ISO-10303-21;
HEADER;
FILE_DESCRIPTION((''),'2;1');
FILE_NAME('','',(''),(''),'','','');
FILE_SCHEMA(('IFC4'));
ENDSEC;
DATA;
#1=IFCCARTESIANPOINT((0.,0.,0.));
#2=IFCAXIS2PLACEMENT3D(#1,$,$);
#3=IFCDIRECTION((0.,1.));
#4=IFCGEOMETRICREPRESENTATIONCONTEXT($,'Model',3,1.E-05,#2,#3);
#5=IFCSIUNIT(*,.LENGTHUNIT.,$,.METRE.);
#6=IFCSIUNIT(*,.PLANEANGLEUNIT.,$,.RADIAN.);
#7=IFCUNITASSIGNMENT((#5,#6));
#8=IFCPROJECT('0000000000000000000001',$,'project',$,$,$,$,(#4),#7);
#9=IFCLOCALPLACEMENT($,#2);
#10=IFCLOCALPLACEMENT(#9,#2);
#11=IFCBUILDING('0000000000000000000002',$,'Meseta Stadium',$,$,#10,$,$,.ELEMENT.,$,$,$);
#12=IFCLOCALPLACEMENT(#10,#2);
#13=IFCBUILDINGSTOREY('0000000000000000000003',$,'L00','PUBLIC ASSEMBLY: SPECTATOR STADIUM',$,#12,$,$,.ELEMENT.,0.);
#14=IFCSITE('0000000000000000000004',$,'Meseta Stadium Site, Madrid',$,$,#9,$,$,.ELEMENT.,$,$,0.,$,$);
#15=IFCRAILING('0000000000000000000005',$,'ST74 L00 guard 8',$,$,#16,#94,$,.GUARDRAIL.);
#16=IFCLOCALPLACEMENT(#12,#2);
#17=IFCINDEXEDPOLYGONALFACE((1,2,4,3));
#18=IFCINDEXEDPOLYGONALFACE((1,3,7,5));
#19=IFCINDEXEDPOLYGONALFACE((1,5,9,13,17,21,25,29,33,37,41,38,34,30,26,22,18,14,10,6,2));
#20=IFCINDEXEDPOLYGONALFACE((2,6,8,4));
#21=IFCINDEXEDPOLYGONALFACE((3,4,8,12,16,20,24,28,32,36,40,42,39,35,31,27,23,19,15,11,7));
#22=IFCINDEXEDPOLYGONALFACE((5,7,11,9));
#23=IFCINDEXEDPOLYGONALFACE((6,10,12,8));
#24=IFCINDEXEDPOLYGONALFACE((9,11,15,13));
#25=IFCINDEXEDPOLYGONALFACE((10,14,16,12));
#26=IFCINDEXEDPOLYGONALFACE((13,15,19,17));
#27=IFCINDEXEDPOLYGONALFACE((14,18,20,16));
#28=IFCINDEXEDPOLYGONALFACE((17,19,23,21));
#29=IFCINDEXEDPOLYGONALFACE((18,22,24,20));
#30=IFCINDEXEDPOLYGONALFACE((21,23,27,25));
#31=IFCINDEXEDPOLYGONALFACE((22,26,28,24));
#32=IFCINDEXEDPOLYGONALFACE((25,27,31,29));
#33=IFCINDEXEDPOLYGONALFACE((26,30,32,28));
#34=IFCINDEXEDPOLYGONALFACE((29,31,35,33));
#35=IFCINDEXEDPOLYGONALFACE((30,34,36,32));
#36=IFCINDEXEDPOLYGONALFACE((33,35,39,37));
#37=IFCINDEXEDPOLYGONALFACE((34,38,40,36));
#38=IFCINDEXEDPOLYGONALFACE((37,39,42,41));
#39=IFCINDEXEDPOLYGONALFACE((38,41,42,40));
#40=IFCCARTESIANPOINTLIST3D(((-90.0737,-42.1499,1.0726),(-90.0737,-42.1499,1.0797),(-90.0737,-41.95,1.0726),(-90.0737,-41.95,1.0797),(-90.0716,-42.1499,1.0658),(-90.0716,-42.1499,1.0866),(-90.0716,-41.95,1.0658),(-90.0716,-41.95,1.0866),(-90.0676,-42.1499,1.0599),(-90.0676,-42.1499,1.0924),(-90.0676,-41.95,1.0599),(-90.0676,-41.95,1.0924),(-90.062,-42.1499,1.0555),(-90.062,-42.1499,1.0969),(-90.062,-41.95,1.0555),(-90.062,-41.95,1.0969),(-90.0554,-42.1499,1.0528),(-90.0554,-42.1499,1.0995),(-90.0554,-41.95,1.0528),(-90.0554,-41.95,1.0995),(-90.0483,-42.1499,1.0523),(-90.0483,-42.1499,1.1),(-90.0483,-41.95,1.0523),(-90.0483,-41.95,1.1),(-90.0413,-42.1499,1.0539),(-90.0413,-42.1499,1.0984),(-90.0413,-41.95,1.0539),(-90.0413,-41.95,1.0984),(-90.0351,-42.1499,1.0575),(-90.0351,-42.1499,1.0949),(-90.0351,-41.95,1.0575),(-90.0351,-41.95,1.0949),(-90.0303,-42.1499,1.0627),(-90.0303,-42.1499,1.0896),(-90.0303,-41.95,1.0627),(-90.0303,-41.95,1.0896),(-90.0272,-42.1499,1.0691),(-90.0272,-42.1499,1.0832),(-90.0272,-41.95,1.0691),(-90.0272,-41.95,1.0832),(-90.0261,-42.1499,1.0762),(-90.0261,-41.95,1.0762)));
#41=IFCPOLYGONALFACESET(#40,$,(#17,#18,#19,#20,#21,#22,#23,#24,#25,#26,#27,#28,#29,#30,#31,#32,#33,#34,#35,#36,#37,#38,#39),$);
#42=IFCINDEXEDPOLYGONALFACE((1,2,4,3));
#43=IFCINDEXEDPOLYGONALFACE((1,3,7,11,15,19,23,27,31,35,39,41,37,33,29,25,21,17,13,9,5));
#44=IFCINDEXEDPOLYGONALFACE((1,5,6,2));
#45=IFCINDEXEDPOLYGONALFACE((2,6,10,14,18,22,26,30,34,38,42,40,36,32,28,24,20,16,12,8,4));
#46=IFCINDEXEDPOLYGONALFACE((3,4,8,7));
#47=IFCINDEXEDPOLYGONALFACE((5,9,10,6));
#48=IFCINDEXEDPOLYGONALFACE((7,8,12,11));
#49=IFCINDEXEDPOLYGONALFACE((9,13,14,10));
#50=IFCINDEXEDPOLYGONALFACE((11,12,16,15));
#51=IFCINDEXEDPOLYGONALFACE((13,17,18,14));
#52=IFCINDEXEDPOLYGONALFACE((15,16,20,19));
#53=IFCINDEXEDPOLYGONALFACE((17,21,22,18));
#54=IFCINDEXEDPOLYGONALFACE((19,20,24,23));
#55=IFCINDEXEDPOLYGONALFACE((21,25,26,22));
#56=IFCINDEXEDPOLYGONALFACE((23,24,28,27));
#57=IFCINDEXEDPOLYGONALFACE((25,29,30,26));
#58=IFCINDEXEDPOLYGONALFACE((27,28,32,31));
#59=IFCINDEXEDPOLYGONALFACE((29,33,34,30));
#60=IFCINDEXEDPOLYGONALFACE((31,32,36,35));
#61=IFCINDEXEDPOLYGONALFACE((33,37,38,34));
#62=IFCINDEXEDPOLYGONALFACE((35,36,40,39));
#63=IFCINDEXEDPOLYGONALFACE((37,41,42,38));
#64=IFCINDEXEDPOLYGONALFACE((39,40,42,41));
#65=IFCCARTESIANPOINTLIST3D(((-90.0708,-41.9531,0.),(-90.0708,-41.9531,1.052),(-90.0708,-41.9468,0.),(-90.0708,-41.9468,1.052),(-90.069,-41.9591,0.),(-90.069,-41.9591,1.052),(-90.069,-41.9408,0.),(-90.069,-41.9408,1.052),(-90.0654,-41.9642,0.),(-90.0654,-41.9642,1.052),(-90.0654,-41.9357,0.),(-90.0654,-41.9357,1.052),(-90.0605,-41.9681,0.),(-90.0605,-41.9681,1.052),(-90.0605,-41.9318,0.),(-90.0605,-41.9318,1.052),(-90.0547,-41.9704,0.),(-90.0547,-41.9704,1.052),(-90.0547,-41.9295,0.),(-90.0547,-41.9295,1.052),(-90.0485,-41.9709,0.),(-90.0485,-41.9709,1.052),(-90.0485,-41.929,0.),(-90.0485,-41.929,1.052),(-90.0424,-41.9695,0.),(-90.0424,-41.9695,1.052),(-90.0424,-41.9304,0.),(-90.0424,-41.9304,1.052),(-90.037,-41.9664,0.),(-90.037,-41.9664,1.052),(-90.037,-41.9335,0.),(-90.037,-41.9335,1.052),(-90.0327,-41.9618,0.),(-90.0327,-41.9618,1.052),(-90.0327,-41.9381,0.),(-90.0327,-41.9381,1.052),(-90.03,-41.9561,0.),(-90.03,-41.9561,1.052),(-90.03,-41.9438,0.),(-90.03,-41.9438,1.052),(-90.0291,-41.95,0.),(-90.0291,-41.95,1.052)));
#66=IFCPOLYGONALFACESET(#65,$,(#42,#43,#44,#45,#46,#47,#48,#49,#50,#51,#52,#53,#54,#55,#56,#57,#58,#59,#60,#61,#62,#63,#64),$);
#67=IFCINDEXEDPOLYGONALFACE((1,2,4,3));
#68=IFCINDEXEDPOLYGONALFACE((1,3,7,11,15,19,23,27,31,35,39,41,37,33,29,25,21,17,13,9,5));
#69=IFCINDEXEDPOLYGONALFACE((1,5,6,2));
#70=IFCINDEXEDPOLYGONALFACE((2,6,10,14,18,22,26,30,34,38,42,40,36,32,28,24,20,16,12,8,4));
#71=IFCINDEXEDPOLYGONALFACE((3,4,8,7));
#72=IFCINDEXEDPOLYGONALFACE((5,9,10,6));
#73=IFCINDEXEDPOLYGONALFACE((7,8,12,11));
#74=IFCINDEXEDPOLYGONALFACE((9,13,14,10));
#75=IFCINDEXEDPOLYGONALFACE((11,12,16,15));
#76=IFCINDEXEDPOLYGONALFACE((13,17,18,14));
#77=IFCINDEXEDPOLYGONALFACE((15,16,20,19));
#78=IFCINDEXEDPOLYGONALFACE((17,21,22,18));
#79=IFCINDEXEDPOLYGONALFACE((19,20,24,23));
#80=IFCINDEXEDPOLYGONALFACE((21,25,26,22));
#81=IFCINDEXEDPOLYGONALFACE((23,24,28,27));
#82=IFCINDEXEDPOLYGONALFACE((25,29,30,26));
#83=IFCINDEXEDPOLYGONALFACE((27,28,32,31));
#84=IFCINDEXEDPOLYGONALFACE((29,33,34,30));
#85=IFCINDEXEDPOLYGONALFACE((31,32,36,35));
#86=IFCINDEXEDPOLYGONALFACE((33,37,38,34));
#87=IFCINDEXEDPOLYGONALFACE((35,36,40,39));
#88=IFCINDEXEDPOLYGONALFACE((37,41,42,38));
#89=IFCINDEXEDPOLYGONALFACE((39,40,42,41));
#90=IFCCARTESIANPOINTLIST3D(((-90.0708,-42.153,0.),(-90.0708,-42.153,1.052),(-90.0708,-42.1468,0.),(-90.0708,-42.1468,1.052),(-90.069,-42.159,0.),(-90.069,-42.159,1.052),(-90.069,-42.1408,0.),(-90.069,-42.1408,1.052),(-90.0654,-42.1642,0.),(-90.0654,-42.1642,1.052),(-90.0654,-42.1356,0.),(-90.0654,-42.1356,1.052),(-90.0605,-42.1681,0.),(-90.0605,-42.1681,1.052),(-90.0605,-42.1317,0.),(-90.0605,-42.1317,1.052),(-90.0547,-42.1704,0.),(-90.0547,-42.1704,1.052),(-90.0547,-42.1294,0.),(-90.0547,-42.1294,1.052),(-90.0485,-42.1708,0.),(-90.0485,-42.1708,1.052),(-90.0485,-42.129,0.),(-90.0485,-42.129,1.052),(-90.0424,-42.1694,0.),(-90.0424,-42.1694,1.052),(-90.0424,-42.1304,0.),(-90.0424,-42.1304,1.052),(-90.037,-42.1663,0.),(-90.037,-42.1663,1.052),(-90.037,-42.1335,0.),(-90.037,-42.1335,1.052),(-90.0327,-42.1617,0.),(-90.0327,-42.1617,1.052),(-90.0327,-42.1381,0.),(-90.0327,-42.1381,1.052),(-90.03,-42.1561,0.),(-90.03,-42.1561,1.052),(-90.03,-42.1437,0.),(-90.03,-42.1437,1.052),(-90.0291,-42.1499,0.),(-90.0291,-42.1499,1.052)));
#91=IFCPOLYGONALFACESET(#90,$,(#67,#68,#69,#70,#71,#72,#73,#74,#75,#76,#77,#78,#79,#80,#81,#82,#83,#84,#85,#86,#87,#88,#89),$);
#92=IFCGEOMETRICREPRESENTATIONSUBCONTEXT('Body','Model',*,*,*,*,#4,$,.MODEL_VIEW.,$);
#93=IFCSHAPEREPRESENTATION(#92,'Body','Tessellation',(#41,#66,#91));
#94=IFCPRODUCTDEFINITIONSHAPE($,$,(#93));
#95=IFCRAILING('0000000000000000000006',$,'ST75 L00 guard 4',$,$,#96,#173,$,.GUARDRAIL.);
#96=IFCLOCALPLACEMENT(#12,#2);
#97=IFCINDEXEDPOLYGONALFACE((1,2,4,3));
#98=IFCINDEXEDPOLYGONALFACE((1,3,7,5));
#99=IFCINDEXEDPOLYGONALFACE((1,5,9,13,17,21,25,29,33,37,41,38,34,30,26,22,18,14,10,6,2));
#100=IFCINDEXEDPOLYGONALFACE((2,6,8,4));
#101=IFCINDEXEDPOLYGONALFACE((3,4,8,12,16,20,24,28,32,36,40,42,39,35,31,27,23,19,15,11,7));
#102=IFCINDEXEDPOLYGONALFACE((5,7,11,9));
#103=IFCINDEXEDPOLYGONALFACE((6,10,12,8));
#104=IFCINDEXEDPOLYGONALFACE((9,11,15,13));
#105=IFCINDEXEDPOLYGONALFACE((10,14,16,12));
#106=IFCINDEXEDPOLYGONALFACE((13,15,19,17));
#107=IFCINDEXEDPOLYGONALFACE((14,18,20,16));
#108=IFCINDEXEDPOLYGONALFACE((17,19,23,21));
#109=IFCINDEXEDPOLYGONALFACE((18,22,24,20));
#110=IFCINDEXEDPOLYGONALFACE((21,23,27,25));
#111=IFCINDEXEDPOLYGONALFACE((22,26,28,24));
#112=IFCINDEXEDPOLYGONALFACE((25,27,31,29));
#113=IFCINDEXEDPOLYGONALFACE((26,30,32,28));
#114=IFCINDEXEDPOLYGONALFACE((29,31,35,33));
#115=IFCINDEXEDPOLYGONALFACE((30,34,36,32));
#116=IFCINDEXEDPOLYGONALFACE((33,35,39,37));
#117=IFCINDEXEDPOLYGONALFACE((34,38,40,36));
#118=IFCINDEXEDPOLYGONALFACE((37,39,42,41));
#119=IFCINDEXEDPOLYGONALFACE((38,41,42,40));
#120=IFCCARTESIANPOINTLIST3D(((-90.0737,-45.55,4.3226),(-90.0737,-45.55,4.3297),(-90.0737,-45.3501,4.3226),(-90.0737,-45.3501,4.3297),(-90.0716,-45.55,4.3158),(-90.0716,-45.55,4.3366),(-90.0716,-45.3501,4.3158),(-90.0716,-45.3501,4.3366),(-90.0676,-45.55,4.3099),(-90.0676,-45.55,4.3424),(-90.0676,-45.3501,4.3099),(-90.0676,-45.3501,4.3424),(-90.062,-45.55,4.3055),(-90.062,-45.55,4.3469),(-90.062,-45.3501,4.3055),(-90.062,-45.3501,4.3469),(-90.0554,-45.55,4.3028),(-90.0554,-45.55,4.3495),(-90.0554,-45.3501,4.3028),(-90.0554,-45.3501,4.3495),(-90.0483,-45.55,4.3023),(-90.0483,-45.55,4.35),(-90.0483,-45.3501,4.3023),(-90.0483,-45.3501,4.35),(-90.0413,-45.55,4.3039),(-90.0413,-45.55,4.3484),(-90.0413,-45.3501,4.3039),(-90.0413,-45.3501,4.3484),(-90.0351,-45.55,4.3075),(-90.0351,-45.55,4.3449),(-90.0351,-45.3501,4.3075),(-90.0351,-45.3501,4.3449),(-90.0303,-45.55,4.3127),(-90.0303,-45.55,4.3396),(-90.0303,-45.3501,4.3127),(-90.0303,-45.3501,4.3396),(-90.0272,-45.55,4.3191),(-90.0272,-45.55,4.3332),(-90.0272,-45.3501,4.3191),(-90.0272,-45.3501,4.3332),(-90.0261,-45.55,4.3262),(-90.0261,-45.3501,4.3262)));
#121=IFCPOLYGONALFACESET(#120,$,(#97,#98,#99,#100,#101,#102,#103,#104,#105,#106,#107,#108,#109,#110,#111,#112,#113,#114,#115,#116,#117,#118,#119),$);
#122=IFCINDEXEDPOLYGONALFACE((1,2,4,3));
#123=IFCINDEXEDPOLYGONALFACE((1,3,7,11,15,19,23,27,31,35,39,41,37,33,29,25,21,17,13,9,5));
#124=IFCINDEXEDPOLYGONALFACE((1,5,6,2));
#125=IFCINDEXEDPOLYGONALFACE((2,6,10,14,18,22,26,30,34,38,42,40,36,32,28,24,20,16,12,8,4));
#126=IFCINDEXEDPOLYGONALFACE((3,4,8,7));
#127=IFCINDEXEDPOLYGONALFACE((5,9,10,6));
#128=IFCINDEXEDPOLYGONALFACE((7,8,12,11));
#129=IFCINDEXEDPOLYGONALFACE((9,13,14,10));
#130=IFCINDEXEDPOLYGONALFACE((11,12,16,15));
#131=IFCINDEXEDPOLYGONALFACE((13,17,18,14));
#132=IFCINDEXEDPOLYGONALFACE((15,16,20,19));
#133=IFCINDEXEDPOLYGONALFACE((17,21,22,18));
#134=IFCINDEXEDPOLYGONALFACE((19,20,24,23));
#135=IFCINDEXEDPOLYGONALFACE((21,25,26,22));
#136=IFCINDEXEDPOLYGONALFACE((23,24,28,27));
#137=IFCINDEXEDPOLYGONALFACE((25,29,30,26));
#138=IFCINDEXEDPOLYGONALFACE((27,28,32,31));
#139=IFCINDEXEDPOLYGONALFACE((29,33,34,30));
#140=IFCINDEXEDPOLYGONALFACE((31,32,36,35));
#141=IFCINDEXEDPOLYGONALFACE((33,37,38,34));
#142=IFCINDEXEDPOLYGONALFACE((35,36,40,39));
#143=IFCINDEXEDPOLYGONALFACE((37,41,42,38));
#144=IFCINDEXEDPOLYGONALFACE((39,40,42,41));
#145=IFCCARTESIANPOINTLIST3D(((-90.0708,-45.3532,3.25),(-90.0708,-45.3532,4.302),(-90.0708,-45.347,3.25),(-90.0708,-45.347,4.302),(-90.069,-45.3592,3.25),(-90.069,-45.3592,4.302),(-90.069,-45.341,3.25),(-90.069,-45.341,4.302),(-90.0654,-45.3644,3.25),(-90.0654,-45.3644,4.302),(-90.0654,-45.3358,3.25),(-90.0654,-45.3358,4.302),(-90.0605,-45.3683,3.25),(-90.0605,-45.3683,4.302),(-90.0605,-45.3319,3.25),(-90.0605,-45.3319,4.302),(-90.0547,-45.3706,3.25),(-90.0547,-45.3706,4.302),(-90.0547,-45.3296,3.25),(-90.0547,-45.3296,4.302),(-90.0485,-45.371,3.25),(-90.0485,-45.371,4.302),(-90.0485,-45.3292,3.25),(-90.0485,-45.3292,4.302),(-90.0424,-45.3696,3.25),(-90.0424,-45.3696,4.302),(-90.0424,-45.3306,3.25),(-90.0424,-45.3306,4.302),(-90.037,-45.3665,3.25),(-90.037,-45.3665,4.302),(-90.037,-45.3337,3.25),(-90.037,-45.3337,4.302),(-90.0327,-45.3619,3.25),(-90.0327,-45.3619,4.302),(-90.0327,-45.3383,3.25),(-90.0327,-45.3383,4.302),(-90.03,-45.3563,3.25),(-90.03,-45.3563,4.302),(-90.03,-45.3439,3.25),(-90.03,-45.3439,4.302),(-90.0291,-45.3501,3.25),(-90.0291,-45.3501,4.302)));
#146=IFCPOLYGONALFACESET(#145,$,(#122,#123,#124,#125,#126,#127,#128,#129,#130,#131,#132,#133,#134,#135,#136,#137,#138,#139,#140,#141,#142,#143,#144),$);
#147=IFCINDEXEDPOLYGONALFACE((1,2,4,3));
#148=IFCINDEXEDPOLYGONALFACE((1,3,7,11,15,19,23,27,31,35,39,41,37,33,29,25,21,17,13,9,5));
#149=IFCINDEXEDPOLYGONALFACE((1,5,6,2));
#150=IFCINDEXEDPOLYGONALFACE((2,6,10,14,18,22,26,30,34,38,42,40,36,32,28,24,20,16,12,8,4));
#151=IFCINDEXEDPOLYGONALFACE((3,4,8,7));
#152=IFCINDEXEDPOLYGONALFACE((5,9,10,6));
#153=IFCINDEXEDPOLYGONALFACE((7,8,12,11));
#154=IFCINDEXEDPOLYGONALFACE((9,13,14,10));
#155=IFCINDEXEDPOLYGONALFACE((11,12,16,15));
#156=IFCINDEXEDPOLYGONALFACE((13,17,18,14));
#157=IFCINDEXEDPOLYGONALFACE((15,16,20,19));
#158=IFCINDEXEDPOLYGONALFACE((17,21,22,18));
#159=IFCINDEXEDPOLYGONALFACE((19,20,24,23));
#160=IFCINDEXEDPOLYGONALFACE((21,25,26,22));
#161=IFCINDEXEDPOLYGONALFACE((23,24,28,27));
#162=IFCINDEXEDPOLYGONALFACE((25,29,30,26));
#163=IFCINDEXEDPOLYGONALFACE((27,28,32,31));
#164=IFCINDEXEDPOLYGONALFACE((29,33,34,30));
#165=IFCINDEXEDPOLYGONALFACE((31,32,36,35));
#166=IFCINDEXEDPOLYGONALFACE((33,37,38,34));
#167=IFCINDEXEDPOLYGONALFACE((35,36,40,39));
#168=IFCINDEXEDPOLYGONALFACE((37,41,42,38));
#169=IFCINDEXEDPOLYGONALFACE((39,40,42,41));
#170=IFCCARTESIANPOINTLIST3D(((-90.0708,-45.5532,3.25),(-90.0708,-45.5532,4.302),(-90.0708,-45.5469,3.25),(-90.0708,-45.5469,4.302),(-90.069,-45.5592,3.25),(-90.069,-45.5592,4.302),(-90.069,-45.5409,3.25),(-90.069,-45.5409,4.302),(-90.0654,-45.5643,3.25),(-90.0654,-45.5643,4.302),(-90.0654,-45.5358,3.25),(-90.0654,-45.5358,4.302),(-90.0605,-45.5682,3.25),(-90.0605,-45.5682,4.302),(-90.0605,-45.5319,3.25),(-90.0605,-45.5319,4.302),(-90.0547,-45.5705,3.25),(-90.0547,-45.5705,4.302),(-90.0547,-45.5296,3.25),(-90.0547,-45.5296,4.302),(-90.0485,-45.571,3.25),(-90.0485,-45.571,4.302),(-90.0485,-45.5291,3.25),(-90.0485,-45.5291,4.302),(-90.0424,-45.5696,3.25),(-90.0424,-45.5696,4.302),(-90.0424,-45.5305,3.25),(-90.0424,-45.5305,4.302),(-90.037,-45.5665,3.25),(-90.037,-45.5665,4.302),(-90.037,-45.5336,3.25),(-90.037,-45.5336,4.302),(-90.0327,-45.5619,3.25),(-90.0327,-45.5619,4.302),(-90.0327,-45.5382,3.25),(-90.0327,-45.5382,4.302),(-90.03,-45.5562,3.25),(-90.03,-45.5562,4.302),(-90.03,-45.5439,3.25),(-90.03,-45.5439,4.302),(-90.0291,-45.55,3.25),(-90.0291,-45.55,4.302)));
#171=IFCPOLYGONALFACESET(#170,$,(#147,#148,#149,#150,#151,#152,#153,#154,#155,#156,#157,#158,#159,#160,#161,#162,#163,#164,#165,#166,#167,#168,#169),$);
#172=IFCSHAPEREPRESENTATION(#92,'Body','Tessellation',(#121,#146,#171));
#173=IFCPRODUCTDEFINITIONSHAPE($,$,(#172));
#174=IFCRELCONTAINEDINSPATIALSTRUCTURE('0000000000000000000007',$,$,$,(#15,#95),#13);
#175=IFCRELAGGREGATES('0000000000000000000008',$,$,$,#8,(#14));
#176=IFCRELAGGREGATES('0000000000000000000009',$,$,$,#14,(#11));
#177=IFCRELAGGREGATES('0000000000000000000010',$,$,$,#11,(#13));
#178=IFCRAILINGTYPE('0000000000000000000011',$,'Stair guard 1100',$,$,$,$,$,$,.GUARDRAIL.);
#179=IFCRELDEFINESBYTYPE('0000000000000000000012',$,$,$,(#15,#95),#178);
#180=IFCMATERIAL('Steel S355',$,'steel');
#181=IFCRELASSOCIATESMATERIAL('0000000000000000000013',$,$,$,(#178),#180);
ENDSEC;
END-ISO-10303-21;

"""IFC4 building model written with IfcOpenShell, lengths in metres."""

from ifc_helpers import new_model, si_unit, direction, frame, origin, origin_2d, place, context, subcontext, project, spatial, circle, extrude, material, type_object, element, save


model = new_model("IFC4")

# Units and contexts
model_context = context("Model", 3, precision=1e-05, world=origin(), true_north=direction((0.0, 1.0)))
body_context = subcontext(model_context, "Body", "Model", "MODEL_VIEW")
ifc_project = project(units=[si_unit("LENGTHUNIT", "METRE"), si_unit("PLANEANGLEUNIT", "RADIAN")], contexts=[model_context])

# Site, building, storey
site_placement = place(None, origin())
site = spatial("IfcSite", under=ifc_project, at=site_placement, Name="Meseta Stadium Site, Madrid", CompositionType="ELEMENT", RefElevation=0.0)
building_placement = place(site_placement, origin())
building = spatial("IfcBuilding", under=site, at=building_placement, Name="Meseta Stadium", CompositionType="ELEMENT")
storey_placement = place(building_placement, origin())
storey = spatial("IfcBuildingStorey", under=building, at=storey_placement, Name="L00", Description="PUBLIC ASSEMBLY: SPECTATOR STADIUM", CompositionType="ELEMENT", Elevation=0.0)

# Railings
ifc_material_1 = material(Name="Steel S355", Category="steel")
railing_type_1 = type_object("IfcRailingType", Name="Stair guard 1100", PredefinedType="GUARDRAIL", material=ifc_material_1)
for number, where, name in (
    (1, (-90.05, -41.95, 0.0), "ST74 L00 guard 8"),
    (2, (-90.05, -45.3501, 3.25), "ST75 L00 guard 4"),
):
    element("IfcRailing", number, at=place(storey_placement, frame(where)), inside=storey, type_object=railing_type_1, Name=name, PredefinedType="GUARDRAIL", context=body_context, shape_type="SweptSolid", body=[
        extrude(circle(Radius=0.0239, at=origin_2d()), frame((0.0, 0.0, 1.0762), z_axis=(0.0, -1.0, 0.0), x_axis=(1.0, 0.0, 0.0)), (0.0, 0.0, 1.0), 0.2),
        extrude(circle(Radius=0.021, at=origin_2d()), origin(), (0.0, 0.0, 1.0), 1.052),
        extrude(circle(Radius=0.021, at=origin_2d()), frame((0.0, -0.2, 0.0)), (0.0, 0.0, 1.0), 1.052),
    ])

save(model, "model.ifc")
